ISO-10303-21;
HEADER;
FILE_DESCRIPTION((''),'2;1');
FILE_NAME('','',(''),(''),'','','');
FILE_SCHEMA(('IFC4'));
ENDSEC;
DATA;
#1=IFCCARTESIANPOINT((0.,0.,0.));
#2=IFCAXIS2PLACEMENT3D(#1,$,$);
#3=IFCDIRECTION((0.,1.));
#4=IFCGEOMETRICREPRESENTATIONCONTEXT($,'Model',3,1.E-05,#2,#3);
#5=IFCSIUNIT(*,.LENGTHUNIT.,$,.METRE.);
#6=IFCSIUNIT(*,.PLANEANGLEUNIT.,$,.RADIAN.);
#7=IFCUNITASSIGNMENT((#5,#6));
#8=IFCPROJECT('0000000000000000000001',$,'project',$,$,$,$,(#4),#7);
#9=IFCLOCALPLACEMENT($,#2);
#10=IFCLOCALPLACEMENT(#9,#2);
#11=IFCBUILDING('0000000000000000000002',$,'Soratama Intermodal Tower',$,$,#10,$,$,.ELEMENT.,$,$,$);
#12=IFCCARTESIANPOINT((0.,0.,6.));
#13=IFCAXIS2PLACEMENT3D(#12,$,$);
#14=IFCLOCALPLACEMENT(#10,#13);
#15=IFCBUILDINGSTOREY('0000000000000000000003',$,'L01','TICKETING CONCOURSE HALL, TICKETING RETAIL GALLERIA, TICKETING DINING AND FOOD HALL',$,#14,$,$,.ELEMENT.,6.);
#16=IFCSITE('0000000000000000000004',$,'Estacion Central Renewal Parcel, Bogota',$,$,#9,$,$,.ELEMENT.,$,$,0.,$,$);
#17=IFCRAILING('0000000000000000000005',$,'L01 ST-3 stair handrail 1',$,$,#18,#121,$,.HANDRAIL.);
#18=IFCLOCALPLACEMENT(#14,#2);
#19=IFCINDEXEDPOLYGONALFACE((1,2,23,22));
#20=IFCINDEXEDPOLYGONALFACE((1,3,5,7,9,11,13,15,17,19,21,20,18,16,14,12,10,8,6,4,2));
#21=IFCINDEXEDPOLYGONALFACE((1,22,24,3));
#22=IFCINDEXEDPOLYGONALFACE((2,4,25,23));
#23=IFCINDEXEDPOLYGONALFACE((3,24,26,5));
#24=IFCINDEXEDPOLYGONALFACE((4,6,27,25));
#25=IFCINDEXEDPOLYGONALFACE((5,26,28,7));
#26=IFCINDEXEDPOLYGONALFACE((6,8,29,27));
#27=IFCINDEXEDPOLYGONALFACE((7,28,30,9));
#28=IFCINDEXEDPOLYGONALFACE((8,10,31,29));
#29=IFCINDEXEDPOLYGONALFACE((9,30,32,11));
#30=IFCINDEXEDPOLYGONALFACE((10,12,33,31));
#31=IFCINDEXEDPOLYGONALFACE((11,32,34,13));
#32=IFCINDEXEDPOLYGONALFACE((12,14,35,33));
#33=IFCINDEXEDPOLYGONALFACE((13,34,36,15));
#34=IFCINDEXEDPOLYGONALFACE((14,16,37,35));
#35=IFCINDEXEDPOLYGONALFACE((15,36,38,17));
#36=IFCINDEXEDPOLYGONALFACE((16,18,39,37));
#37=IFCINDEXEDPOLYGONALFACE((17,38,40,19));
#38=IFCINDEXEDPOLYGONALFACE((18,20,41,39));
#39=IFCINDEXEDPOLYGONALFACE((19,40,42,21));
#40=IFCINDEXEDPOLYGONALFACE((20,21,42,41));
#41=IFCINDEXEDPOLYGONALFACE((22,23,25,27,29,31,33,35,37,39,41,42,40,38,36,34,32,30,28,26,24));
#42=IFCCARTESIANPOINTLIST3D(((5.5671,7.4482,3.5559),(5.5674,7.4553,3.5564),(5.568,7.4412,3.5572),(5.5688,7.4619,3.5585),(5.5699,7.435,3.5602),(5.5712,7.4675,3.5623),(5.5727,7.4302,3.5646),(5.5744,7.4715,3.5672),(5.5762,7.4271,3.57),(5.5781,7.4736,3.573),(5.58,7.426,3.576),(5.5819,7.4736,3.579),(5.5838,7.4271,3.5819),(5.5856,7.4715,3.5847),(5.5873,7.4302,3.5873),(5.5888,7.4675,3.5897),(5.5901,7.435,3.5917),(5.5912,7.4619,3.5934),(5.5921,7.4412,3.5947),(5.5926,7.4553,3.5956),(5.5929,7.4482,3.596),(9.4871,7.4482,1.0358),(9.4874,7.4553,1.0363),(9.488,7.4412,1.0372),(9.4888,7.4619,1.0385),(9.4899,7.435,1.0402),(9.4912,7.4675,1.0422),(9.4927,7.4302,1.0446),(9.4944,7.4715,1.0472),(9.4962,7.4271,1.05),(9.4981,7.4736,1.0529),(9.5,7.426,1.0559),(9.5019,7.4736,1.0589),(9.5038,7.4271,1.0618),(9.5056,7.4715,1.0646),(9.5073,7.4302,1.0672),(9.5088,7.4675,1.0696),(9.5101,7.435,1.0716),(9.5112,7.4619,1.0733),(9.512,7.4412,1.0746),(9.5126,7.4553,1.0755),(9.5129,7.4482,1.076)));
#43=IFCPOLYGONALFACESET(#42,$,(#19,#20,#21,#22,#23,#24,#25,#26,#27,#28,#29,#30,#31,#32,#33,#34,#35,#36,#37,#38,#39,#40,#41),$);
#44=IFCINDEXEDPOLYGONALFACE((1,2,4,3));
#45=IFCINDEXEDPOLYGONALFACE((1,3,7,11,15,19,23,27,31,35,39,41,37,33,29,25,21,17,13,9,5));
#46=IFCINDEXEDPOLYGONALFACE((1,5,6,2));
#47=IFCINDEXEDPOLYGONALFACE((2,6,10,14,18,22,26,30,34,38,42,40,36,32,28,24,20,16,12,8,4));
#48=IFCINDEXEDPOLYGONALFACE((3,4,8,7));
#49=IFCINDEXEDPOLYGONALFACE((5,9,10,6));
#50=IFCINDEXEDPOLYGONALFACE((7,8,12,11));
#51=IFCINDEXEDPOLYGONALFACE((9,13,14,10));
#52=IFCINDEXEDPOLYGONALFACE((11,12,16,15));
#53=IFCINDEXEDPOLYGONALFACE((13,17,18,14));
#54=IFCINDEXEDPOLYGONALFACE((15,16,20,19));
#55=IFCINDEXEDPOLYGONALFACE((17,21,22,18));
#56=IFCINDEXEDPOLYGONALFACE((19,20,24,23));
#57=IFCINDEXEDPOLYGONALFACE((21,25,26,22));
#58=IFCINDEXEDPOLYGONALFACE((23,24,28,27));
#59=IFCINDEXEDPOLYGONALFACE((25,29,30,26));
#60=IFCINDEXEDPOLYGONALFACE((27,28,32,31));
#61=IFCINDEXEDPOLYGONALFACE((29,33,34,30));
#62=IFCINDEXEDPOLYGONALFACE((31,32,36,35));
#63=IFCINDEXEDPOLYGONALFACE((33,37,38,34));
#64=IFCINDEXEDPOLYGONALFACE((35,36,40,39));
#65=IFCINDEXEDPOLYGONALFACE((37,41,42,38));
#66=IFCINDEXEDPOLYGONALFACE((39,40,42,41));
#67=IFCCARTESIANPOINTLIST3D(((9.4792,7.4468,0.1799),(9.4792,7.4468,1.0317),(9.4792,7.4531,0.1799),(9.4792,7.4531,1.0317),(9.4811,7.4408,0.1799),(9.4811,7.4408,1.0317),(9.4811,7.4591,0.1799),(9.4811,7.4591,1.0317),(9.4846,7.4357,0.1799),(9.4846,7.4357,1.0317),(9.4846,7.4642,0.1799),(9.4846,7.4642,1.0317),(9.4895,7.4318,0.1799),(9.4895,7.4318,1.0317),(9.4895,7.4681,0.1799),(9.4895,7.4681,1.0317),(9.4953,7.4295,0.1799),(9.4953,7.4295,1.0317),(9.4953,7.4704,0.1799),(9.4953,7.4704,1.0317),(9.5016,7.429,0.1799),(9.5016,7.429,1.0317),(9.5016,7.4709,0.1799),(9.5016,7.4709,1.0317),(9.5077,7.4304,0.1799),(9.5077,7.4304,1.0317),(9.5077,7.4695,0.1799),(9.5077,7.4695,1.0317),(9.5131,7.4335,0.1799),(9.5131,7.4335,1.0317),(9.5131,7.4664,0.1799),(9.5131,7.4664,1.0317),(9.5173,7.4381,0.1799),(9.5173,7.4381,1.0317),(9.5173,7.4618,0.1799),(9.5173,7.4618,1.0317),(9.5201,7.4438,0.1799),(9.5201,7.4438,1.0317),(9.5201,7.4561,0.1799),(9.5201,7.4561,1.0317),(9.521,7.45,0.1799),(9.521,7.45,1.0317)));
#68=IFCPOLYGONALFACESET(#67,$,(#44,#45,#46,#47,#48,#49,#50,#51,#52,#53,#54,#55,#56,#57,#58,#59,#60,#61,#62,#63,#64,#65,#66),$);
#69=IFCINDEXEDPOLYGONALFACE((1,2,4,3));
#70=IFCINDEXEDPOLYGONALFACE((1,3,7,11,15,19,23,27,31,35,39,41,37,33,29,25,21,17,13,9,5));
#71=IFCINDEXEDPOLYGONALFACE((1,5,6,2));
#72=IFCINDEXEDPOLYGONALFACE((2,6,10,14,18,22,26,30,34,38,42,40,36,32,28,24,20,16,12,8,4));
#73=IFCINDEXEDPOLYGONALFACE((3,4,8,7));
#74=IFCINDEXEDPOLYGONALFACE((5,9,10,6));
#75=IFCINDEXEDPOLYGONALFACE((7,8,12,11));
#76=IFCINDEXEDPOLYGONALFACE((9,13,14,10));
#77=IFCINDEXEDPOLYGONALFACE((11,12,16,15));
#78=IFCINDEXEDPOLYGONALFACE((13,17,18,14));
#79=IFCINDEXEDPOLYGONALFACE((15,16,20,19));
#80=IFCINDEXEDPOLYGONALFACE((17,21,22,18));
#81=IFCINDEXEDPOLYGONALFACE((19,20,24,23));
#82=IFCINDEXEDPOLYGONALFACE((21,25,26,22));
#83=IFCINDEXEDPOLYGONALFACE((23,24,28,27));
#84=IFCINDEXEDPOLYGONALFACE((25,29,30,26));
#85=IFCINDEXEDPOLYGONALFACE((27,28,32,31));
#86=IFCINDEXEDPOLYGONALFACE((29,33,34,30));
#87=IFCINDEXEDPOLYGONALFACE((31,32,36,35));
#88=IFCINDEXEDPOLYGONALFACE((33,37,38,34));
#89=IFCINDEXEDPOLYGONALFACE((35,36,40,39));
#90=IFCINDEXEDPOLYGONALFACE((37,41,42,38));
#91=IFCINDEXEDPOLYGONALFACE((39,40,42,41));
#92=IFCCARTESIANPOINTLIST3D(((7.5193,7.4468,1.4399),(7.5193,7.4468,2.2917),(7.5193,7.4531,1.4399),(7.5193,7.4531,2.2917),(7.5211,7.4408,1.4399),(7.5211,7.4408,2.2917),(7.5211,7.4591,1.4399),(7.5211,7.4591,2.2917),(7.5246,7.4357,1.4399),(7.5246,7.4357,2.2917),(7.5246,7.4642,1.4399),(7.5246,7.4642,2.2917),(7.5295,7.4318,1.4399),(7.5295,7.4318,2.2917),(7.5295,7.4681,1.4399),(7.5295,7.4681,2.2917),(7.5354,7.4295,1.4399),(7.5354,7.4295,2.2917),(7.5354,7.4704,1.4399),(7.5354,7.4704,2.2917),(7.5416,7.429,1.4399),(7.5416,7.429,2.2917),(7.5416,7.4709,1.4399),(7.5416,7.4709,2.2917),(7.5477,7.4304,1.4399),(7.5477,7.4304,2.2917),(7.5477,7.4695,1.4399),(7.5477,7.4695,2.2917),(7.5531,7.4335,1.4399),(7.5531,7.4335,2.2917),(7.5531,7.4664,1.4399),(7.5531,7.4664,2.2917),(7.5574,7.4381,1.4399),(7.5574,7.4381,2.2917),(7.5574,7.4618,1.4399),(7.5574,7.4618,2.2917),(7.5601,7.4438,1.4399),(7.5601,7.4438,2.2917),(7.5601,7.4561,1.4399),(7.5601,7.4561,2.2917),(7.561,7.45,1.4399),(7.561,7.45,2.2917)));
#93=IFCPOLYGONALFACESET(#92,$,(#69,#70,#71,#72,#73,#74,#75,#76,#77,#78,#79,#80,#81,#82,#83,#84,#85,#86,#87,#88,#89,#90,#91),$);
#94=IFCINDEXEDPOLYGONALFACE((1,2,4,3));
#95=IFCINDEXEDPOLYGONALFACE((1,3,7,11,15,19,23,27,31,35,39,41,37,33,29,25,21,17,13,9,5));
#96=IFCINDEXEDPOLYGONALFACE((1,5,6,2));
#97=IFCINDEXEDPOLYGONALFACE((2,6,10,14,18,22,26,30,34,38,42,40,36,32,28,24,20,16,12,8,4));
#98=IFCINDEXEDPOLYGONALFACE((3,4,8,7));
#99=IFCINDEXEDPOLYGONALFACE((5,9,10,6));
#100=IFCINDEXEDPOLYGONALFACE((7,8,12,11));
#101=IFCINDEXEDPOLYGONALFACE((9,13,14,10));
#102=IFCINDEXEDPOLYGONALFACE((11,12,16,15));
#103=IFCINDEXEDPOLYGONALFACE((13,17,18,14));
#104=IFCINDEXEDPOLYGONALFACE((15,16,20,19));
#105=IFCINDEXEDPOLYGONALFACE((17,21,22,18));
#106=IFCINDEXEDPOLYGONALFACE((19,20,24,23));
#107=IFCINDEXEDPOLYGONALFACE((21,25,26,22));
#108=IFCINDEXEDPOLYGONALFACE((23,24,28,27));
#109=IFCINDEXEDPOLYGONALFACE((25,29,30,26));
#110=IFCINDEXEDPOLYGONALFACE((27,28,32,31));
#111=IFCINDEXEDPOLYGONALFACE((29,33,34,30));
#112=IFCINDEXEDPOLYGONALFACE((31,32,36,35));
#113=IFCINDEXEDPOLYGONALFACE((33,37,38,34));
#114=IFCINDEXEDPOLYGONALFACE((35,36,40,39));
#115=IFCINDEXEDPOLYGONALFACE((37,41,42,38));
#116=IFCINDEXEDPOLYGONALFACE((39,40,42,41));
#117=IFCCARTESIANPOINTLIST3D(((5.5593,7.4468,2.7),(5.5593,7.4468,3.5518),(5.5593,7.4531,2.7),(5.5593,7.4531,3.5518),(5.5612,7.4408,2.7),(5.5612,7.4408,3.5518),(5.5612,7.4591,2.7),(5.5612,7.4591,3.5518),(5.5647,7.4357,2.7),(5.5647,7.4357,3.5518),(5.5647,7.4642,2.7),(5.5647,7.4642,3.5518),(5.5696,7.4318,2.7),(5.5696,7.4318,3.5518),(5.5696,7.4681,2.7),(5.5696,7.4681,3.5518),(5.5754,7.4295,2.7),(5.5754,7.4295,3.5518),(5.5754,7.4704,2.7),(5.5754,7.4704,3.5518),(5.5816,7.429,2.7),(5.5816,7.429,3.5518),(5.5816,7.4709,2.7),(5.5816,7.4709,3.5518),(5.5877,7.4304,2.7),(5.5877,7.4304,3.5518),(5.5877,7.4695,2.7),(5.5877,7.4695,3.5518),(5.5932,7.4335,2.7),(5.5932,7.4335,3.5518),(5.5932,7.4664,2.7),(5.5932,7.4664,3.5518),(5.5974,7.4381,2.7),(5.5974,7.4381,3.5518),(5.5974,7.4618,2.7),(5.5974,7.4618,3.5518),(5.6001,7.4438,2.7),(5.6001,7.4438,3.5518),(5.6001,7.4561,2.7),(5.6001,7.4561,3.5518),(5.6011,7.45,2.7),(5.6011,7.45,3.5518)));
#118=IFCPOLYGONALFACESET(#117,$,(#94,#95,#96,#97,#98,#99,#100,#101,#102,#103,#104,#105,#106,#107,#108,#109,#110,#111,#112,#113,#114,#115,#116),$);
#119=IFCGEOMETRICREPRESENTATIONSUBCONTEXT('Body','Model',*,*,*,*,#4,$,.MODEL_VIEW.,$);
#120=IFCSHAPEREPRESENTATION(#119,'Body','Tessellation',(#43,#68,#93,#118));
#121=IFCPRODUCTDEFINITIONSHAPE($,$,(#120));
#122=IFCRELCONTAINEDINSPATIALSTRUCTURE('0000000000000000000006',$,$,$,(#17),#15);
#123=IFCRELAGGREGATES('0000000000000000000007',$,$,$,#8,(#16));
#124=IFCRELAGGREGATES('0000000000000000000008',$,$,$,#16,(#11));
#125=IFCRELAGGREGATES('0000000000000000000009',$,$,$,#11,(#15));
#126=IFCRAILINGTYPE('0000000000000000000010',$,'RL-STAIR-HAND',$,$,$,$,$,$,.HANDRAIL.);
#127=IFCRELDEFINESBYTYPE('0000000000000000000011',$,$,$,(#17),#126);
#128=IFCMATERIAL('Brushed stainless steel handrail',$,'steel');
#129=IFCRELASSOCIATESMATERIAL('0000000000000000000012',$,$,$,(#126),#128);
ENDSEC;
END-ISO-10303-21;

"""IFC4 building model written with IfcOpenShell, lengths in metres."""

from ifc_helpers import new_model, si_unit, direction, frame, origin, origin_2d, place, context, subcontext, project, spatial, circle, extrude, material, type_object, element, save


model = new_model("IFC4")

# Units and contexts
model_context = context("Model", 3, precision=1e-05, world=origin(), true_north=direction((0.0, 1.0)))
body_context = subcontext(model_context, "Body", "Model", "MODEL_VIEW")
ifc_project = project(units=[si_unit("LENGTHUNIT", "METRE"), si_unit("PLANEANGLEUNIT", "RADIAN")], contexts=[model_context])

# Site, building, storey
site_placement = place(None, origin())
site = spatial("IfcSite", under=ifc_project, at=site_placement, Name="Estacion Central Renewal Parcel, Bogota", CompositionType="ELEMENT", RefElevation=0.0)
building_placement = place(site_placement, origin())
building = spatial("IfcBuilding", under=site, at=building_placement, Name="Soratama Intermodal Tower", CompositionType="ELEMENT")
storey_placement = place(building_placement, frame((0.0, 0.0, 6.0)))
storey = spatial("IfcBuildingStorey", under=building, at=storey_placement, Name="L01", Description="TICKETING CONCOURSE HALL, TICKETING RETAIL GALLERIA, TICKETING DINING AND FOOD HALL", CompositionType="ELEMENT", Elevation=6.0)

# Railing
ifc_material_1 = material(Name="Brushed stainless steel handrail", Category="steel")
railing_type_1 = type_object("IfcRailingType", Name="RL-STAIR-HAND", PredefinedType="HANDRAIL", material=ifc_material_1)
railing_1_placement = place(storey_placement, frame((9.5, 7.45, 0.1799)))
element("IfcRailing", 1, at=railing_1_placement, inside=storey, type_object=railing_type_1, Name="L01 ST-3 stair handrail 1", PredefinedType="HANDRAIL", context=body_context, shape_type="SweptSolid", body=[
    extrude(circle(Radius=0.0239, at=origin_2d()), frame((0.0, 0.0, 0.876), z_axis=(-0.841172, 0.0, 0.540768), x_axis=(0.0, -1.0, 0.0)), (0.0, 0.0, 1.0), 4.6602),
    extrude(circle(Radius=0.021, at=origin_2d()), origin(), (0.0, 0.0, 1.0), 0.8518),
    extrude(circle(Radius=0.021, at=origin_2d()), frame((-1.96, 0.0, 1.26)), (0.0, 0.0, 1.0), 0.8518),
    extrude(circle(Radius=0.021, at=origin_2d()), frame((-3.9199, 0.0, 2.52)), (0.0, 0.0, 1.0), 0.8518),
])

save(model, "model.ifc")
